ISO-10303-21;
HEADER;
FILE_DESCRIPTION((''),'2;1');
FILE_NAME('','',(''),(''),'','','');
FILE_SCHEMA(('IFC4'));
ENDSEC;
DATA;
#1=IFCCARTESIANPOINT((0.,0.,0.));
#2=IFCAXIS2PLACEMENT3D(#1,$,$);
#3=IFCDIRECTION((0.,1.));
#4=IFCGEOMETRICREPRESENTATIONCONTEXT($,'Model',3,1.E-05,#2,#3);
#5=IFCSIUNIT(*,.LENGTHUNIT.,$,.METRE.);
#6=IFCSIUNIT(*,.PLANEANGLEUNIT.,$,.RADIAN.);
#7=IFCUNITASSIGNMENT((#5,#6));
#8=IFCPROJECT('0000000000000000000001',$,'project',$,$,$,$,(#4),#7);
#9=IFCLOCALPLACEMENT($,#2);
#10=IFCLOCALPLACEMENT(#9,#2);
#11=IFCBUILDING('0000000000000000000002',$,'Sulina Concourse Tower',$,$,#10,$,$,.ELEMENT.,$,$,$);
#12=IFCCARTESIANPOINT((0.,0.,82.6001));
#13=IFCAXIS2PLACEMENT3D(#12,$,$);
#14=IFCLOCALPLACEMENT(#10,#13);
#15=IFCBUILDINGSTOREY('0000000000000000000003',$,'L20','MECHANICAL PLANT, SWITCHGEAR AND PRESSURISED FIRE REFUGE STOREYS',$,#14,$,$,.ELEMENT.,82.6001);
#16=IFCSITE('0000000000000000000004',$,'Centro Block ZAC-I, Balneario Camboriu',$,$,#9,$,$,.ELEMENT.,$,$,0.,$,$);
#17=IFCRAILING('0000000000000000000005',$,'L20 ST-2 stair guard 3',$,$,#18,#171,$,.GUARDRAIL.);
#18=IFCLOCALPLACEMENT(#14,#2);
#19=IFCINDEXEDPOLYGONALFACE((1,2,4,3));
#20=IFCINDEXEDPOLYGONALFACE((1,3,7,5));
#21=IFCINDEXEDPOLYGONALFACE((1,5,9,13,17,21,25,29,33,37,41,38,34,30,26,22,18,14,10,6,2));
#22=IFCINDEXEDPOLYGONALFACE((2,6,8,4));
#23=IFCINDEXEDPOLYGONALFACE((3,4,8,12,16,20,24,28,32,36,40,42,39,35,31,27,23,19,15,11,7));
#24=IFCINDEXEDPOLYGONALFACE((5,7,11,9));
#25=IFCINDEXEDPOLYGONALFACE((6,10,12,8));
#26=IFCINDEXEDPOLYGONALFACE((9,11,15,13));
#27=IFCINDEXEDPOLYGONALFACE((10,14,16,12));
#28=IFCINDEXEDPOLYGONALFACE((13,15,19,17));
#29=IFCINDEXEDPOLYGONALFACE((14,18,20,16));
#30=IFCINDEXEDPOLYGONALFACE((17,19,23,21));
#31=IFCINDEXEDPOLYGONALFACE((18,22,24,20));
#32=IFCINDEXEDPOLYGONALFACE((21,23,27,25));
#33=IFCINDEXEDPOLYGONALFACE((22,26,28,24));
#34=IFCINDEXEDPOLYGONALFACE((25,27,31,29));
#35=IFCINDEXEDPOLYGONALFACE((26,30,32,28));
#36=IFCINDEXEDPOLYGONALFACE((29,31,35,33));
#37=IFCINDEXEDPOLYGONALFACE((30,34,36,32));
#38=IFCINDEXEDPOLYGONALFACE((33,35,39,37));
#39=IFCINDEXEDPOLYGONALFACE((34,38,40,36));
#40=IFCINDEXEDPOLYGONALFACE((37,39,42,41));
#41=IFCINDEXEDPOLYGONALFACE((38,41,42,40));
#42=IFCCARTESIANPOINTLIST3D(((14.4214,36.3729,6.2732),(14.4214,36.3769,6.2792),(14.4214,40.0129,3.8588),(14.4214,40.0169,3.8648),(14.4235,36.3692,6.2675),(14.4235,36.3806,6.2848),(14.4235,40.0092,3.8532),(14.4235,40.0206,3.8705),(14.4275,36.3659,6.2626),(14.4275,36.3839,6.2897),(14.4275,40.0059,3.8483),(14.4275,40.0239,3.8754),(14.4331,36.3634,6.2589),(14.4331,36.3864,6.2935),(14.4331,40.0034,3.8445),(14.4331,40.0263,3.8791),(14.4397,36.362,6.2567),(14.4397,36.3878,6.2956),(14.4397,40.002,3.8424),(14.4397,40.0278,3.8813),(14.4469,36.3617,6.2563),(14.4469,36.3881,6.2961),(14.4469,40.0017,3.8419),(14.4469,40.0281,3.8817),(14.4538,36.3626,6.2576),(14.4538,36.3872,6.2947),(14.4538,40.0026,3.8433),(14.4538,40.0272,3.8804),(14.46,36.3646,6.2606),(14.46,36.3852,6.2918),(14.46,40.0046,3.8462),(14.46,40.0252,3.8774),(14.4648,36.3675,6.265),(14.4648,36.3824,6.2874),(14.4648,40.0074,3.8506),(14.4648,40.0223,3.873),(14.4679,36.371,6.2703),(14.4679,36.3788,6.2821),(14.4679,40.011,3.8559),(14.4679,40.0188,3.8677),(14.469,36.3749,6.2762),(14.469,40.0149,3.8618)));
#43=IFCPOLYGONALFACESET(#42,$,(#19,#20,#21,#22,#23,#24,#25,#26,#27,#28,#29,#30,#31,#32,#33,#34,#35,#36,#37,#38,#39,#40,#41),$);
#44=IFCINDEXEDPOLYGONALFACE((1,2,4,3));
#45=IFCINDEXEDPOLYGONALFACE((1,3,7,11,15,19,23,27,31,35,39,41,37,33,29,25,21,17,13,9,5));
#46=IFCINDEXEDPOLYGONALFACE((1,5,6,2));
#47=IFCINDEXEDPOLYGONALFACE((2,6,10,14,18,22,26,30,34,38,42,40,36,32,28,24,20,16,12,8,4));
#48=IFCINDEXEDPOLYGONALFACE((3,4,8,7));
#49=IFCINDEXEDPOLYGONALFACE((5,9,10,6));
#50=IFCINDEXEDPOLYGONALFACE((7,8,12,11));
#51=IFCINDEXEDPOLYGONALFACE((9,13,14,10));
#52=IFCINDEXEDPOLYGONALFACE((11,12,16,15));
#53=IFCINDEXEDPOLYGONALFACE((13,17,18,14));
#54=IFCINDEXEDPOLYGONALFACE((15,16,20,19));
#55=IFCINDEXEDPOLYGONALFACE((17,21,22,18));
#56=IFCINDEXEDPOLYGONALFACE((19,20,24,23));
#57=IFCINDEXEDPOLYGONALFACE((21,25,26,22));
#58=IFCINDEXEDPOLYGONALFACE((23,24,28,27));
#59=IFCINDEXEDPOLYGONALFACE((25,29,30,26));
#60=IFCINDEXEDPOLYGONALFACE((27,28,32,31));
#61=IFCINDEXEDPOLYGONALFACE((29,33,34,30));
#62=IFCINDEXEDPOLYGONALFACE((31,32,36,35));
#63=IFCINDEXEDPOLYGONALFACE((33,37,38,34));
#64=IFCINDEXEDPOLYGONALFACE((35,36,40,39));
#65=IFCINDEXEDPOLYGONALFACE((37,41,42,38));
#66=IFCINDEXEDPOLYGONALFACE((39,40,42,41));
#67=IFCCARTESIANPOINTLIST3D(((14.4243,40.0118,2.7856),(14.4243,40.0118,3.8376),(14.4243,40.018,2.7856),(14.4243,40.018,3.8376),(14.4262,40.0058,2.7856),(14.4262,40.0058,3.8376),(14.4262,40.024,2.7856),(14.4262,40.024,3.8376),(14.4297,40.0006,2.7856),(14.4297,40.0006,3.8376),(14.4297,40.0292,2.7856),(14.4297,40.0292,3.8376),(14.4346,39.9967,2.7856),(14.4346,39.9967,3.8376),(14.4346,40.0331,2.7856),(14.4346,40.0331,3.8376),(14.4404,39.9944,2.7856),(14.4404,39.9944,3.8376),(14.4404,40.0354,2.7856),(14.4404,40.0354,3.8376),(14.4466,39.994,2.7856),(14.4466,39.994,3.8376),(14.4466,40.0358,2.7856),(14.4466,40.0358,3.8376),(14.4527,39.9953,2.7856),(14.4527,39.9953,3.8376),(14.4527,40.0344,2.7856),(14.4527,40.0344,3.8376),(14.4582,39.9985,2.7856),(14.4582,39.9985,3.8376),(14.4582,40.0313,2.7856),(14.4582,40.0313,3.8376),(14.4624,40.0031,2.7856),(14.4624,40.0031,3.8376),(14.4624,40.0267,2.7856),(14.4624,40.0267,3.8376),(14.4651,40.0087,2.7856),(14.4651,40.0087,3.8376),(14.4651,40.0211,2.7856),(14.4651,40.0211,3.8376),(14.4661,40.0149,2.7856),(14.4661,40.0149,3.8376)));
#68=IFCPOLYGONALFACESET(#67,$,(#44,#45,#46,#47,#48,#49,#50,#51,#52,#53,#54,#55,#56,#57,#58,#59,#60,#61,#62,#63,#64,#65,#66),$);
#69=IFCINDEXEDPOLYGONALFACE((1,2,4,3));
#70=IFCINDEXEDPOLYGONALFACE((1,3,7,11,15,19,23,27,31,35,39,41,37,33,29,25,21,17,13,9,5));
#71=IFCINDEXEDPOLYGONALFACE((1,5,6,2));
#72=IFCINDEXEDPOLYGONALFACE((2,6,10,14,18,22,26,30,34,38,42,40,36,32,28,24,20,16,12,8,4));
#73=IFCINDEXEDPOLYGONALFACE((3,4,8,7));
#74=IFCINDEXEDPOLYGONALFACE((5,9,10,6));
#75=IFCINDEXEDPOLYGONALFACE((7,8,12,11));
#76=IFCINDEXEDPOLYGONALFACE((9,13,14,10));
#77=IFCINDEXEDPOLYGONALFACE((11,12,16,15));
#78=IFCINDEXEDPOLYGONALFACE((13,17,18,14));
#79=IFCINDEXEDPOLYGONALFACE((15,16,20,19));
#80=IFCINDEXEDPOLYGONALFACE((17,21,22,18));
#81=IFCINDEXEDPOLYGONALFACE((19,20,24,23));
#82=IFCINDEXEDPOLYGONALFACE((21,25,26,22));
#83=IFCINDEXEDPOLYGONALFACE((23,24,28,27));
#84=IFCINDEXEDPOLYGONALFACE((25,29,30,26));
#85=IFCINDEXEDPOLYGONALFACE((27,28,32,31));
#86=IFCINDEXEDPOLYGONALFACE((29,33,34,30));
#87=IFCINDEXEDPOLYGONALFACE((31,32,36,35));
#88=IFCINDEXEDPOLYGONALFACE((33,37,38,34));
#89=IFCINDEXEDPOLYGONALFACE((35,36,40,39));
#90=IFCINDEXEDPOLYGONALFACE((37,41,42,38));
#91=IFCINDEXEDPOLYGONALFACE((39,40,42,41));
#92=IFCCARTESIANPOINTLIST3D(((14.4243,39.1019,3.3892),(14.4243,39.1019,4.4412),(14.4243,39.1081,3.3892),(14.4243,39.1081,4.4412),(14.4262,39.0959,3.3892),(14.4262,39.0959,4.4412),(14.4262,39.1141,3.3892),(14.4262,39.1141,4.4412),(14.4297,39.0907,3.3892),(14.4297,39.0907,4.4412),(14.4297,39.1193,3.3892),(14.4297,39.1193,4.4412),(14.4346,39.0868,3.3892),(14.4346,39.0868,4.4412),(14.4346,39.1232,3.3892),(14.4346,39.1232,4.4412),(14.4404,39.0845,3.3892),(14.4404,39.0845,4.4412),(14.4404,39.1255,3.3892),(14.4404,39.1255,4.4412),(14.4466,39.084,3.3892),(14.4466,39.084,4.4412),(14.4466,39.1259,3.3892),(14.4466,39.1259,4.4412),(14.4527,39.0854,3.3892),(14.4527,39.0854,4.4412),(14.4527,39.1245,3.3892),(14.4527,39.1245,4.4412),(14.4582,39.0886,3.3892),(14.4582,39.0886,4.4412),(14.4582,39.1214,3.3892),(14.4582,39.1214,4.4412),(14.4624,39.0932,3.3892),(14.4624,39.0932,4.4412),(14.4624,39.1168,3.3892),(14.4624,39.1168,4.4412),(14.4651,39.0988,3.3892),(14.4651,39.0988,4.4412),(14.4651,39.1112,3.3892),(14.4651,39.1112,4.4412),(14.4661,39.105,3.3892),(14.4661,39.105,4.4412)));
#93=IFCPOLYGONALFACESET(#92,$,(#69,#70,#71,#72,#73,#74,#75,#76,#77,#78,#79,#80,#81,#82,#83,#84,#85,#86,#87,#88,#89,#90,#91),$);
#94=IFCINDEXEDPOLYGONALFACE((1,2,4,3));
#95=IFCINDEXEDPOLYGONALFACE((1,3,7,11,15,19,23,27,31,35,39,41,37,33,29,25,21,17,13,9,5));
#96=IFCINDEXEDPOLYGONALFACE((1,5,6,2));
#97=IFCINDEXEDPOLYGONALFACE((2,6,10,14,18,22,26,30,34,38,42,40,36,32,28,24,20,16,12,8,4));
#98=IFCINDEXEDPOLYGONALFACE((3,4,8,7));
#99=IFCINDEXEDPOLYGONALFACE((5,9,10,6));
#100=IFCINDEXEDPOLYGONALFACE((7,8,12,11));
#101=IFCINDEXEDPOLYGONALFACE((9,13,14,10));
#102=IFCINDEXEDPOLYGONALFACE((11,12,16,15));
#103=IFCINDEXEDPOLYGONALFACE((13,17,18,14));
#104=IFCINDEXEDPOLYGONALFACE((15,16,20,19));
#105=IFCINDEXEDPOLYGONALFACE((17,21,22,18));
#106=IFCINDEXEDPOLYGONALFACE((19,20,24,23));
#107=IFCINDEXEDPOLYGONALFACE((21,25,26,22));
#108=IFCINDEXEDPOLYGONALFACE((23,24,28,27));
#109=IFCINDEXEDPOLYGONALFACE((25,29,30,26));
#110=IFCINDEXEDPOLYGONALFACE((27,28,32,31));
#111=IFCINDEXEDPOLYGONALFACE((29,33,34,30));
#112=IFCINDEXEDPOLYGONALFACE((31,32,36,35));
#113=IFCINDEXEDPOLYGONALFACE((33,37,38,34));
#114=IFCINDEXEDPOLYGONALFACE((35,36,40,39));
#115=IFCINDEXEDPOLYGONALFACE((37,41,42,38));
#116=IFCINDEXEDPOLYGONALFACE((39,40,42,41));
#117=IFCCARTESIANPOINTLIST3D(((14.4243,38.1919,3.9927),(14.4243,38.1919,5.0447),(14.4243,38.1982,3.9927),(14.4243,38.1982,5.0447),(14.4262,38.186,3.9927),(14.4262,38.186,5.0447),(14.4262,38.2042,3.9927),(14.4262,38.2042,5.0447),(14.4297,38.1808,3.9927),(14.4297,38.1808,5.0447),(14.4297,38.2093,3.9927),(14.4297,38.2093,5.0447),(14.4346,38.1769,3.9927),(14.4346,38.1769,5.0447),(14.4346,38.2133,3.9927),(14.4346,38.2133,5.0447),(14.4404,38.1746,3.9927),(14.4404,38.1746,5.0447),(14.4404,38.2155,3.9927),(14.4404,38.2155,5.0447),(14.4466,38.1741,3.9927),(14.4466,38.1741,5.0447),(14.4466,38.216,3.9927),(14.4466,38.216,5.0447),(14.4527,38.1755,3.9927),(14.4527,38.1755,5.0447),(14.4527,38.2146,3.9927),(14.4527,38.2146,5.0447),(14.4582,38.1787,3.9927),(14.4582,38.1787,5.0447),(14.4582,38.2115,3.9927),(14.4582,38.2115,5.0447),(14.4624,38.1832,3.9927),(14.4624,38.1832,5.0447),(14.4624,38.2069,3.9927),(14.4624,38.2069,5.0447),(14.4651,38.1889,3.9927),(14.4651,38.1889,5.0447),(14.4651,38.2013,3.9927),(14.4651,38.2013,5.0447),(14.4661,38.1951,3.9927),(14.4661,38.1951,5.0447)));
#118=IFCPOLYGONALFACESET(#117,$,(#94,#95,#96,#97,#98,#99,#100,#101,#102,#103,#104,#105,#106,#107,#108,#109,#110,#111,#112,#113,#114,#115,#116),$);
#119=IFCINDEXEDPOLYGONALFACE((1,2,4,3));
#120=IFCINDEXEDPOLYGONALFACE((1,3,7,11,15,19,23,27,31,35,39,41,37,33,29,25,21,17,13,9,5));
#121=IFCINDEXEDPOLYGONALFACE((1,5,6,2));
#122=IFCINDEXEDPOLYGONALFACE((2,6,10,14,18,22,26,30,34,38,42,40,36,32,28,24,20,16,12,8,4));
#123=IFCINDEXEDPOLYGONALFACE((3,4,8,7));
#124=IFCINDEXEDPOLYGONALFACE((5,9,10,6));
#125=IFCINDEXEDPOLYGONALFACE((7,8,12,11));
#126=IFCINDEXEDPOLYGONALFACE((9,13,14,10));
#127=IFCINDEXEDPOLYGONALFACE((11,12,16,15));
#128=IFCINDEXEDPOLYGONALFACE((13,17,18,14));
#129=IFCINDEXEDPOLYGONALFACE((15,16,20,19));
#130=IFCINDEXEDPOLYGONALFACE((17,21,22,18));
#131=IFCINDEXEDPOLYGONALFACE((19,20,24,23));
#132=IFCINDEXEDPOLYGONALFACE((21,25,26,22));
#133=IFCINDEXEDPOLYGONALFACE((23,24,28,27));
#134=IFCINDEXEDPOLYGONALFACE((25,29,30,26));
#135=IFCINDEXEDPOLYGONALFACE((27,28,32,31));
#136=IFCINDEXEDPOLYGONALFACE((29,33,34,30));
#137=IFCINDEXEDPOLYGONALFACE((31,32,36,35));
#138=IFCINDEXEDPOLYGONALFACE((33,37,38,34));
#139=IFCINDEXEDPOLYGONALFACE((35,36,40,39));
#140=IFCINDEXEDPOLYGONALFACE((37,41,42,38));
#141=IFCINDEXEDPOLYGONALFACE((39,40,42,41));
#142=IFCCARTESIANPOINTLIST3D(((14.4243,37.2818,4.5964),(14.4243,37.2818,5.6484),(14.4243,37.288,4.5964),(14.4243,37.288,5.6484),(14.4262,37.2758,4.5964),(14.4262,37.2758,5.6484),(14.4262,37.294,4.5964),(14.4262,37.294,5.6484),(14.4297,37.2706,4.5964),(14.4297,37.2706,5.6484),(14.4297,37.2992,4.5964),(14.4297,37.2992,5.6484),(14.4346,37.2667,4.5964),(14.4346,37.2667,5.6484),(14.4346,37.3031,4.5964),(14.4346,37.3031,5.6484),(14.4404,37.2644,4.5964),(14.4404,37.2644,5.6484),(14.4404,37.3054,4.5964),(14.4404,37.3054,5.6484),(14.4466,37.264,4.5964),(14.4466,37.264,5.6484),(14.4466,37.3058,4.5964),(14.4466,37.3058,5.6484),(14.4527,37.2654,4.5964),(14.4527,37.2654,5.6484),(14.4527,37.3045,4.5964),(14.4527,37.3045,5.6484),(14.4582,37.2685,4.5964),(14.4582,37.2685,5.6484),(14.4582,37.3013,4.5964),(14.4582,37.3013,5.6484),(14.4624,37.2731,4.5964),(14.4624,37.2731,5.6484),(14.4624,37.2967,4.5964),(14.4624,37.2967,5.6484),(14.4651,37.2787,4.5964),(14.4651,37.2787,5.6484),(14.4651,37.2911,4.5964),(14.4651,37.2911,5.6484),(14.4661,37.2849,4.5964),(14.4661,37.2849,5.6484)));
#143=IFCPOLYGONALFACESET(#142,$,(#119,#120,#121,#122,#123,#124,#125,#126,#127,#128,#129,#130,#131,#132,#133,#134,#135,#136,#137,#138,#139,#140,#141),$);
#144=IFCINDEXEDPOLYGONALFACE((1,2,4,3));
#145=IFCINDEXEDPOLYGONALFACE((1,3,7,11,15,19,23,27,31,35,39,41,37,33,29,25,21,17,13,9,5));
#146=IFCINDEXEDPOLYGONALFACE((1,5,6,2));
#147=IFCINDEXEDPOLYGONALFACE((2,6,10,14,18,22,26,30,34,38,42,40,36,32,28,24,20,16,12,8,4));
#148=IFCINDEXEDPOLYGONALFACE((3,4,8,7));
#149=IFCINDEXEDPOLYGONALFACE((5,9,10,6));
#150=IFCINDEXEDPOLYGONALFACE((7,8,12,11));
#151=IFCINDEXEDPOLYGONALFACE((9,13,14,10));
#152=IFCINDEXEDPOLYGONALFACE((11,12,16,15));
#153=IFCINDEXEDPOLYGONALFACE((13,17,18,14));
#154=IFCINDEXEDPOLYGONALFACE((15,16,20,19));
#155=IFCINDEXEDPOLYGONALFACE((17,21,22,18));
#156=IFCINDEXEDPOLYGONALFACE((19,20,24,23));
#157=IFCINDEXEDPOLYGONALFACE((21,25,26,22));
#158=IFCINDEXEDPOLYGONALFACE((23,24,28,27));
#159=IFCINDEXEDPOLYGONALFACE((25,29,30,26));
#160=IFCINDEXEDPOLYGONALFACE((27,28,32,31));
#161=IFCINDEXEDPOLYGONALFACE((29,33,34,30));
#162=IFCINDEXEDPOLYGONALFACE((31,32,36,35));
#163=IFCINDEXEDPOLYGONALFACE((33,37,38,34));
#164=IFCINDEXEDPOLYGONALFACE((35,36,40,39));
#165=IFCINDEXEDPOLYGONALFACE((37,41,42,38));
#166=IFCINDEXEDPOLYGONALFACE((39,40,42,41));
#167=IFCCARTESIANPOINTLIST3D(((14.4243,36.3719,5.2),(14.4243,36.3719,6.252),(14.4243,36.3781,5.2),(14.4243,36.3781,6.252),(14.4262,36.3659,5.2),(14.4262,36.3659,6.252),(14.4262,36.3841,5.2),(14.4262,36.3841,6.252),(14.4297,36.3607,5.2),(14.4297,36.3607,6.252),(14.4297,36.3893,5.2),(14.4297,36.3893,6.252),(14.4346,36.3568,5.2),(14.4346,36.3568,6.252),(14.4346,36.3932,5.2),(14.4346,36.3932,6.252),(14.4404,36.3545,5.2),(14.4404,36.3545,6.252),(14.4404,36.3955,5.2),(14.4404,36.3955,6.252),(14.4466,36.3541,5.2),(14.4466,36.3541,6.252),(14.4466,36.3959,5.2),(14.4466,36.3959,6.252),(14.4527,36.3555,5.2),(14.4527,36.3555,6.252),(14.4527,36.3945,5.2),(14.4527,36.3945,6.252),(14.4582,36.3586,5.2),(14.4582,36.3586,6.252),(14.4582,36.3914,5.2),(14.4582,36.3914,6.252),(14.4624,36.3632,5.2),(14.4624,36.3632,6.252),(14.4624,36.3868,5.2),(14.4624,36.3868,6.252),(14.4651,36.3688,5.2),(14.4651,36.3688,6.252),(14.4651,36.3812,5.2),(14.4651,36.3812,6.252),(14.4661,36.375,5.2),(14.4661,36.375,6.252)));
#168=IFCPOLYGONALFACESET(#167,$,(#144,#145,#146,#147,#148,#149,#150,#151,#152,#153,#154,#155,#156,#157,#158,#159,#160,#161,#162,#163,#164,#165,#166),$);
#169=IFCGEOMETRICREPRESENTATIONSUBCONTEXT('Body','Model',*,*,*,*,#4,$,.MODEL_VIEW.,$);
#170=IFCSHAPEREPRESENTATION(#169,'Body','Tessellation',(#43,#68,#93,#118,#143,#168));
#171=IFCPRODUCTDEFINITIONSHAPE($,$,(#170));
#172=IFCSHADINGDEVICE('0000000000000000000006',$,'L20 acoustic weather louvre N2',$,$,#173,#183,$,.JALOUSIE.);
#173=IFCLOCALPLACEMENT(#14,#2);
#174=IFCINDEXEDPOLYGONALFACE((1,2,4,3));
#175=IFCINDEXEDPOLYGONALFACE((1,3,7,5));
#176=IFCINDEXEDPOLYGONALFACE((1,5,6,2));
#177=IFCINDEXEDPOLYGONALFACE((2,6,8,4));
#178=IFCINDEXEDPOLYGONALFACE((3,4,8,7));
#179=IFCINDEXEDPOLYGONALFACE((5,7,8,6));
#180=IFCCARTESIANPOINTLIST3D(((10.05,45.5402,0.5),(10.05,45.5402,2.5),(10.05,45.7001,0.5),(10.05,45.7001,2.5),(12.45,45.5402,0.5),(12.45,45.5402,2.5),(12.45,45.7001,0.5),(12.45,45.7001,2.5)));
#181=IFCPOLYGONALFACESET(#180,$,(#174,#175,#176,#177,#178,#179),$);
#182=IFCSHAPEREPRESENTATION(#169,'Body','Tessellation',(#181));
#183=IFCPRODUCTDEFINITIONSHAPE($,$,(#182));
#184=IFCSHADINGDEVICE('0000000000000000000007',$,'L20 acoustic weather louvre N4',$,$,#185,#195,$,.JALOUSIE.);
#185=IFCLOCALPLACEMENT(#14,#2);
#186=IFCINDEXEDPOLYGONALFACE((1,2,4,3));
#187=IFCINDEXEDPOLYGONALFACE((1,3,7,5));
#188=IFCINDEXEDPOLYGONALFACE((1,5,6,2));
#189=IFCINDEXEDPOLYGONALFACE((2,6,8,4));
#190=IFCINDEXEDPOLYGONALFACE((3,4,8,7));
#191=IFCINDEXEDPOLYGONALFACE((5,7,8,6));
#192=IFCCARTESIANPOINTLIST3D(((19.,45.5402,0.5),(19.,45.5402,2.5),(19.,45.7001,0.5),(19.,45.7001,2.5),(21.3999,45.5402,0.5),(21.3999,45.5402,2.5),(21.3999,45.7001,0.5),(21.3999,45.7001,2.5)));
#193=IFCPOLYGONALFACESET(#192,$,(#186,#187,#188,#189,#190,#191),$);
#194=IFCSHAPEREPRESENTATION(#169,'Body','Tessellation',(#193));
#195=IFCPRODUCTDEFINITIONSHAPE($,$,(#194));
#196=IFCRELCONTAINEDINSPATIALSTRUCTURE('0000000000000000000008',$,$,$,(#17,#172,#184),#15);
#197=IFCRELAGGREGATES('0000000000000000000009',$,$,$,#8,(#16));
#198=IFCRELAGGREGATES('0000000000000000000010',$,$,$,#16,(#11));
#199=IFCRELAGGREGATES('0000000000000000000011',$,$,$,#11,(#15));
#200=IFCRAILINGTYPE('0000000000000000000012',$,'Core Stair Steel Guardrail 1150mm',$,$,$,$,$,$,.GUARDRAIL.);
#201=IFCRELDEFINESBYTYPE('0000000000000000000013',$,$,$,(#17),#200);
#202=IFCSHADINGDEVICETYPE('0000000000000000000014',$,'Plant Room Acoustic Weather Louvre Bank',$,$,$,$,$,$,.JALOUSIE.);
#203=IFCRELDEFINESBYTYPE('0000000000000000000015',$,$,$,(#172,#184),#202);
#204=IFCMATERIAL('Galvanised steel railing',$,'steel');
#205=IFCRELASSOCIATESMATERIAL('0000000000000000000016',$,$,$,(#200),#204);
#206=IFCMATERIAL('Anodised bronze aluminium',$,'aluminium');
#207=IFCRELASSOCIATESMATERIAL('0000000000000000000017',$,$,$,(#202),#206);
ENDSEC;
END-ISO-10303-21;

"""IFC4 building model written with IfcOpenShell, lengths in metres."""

from ifc_helpers import new_model, si_unit, direction, frame, origin, origin_2d, place, context, subcontext, project, spatial, rectangle, circle, extrude, material, type_object, element, save


model = new_model("IFC4")

# Units and contexts
model_context = context("Model", 3, precision=1e-05, world=origin(), true_north=direction((0.0, 1.0)))
body_context = subcontext(model_context, "Body", "Model", "MODEL_VIEW")
ifc_project = project(units=[si_unit("LENGTHUNIT", "METRE"), si_unit("PLANEANGLEUNIT", "RADIAN")], contexts=[model_context])

# Site, building, storey
site_placement = place(None, origin())
site = spatial("IfcSite", under=ifc_project, at=site_placement, Name="Centro Block ZAC-I, Balneario Camboriu", CompositionType="ELEMENT", RefElevation=0.0)
building_placement = place(site_placement, origin())
building = spatial("IfcBuilding", under=site, at=building_placement, Name="Sulina Concourse Tower", CompositionType="ELEMENT")
storey_placement = place(building_placement, frame((0.0, 0.0, 82.6001)))
storey = spatial("IfcBuildingStorey", under=building, at=storey_placement, Name="L20", Description="MECHANICAL PLANT, SWITCHGEAR AND PRESSURISED FIRE REFUGE STOREYS", CompositionType="ELEMENT", Elevation=82.6001)

# Railing
ifc_material_1 = material(Name="Galvanised steel railing", Category="steel")
railing_type_1 = type_object("IfcRailingType", Name="Core Stair Steel Guardrail 1150mm", PredefinedType="GUARDRAIL", material=ifc_material_1)
railing_1_placement = place(storey_placement, frame((14.4451, 40.0149, 2.7856)))
element("IfcRailing", 1, at=railing_1_placement, inside=storey, type_object=railing_type_1, Name="L20 ST-2 stair guard 3", PredefinedType="GUARDRAIL", context=body_context, shape_type="SweptSolid", body=[
    extrude(circle(Radius=0.0239, at=origin_2d()), frame((0.0, 0.0, 1.0762), z_axis=(0.0, -0.833347, 0.552751), x_axis=(1.0, 0.0, 0.0)), (0.0, 0.0, 1.0), 4.3679),
    extrude(circle(Radius=0.021, at=origin_2d()), origin(), (0.0, 0.0, 1.0), 1.052),
    extrude(circle(Radius=0.021, at=origin_2d()), frame((0.0, -0.9099, 0.6035)), (0.0, 0.0, 1.0), 1.052),
    extrude(circle(Radius=0.021, at=origin_2d()), frame((0.0, -1.8198, 1.207)), (0.0, 0.0, 1.0), 1.052),
    extrude(circle(Radius=0.021, at=origin_2d()), frame((0.0, -2.73, 1.8108)), (0.0, 0.0, 1.0), 1.052),
    extrude(circle(Radius=0.021, at=origin_2d()), frame((0.0, -3.6399, 2.4143)), (0.0, 0.0, 1.0), 1.052),
])

# Shading devices
ifc_material_2 = material(Name="Anodised bronze aluminium", Category="aluminium")
shading_device_type = type_object("IfcShadingDeviceType", Name="Plant Room Acoustic Weather Louvre Bank", PredefinedType="JALOUSIE", material=ifc_material_2)
for number, where, z_axis, x_axis, name in (
    (2, (11.25, 45.6201, 0.5), (0.0, 0.0, 1.0), (1.0, 0.0, 0.0), "L20 acoustic weather louvre N2"),
    (3, (20.2, 45.6201, 0.5), (0.0, 0.0, 1.0), (1.0, 0.0, 0.0), "L20 acoustic weather louvre N4"),
):
    element("IfcShadingDevice", number, at=place(storey_placement, frame(where, z_axis=z_axis, x_axis=x_axis)), inside=storey, type_object=shading_device_type, Name=name, PredefinedType="JALOUSIE", context=body_context, shape_type="SweptSolid", body=[
        extrude(rectangle(XDim=2.3999, YDim=0.1599, at=origin_2d()), origin(), (0.0, 0.0, 1.0), 2.0),
    ])

save(model, "model.ifc")
